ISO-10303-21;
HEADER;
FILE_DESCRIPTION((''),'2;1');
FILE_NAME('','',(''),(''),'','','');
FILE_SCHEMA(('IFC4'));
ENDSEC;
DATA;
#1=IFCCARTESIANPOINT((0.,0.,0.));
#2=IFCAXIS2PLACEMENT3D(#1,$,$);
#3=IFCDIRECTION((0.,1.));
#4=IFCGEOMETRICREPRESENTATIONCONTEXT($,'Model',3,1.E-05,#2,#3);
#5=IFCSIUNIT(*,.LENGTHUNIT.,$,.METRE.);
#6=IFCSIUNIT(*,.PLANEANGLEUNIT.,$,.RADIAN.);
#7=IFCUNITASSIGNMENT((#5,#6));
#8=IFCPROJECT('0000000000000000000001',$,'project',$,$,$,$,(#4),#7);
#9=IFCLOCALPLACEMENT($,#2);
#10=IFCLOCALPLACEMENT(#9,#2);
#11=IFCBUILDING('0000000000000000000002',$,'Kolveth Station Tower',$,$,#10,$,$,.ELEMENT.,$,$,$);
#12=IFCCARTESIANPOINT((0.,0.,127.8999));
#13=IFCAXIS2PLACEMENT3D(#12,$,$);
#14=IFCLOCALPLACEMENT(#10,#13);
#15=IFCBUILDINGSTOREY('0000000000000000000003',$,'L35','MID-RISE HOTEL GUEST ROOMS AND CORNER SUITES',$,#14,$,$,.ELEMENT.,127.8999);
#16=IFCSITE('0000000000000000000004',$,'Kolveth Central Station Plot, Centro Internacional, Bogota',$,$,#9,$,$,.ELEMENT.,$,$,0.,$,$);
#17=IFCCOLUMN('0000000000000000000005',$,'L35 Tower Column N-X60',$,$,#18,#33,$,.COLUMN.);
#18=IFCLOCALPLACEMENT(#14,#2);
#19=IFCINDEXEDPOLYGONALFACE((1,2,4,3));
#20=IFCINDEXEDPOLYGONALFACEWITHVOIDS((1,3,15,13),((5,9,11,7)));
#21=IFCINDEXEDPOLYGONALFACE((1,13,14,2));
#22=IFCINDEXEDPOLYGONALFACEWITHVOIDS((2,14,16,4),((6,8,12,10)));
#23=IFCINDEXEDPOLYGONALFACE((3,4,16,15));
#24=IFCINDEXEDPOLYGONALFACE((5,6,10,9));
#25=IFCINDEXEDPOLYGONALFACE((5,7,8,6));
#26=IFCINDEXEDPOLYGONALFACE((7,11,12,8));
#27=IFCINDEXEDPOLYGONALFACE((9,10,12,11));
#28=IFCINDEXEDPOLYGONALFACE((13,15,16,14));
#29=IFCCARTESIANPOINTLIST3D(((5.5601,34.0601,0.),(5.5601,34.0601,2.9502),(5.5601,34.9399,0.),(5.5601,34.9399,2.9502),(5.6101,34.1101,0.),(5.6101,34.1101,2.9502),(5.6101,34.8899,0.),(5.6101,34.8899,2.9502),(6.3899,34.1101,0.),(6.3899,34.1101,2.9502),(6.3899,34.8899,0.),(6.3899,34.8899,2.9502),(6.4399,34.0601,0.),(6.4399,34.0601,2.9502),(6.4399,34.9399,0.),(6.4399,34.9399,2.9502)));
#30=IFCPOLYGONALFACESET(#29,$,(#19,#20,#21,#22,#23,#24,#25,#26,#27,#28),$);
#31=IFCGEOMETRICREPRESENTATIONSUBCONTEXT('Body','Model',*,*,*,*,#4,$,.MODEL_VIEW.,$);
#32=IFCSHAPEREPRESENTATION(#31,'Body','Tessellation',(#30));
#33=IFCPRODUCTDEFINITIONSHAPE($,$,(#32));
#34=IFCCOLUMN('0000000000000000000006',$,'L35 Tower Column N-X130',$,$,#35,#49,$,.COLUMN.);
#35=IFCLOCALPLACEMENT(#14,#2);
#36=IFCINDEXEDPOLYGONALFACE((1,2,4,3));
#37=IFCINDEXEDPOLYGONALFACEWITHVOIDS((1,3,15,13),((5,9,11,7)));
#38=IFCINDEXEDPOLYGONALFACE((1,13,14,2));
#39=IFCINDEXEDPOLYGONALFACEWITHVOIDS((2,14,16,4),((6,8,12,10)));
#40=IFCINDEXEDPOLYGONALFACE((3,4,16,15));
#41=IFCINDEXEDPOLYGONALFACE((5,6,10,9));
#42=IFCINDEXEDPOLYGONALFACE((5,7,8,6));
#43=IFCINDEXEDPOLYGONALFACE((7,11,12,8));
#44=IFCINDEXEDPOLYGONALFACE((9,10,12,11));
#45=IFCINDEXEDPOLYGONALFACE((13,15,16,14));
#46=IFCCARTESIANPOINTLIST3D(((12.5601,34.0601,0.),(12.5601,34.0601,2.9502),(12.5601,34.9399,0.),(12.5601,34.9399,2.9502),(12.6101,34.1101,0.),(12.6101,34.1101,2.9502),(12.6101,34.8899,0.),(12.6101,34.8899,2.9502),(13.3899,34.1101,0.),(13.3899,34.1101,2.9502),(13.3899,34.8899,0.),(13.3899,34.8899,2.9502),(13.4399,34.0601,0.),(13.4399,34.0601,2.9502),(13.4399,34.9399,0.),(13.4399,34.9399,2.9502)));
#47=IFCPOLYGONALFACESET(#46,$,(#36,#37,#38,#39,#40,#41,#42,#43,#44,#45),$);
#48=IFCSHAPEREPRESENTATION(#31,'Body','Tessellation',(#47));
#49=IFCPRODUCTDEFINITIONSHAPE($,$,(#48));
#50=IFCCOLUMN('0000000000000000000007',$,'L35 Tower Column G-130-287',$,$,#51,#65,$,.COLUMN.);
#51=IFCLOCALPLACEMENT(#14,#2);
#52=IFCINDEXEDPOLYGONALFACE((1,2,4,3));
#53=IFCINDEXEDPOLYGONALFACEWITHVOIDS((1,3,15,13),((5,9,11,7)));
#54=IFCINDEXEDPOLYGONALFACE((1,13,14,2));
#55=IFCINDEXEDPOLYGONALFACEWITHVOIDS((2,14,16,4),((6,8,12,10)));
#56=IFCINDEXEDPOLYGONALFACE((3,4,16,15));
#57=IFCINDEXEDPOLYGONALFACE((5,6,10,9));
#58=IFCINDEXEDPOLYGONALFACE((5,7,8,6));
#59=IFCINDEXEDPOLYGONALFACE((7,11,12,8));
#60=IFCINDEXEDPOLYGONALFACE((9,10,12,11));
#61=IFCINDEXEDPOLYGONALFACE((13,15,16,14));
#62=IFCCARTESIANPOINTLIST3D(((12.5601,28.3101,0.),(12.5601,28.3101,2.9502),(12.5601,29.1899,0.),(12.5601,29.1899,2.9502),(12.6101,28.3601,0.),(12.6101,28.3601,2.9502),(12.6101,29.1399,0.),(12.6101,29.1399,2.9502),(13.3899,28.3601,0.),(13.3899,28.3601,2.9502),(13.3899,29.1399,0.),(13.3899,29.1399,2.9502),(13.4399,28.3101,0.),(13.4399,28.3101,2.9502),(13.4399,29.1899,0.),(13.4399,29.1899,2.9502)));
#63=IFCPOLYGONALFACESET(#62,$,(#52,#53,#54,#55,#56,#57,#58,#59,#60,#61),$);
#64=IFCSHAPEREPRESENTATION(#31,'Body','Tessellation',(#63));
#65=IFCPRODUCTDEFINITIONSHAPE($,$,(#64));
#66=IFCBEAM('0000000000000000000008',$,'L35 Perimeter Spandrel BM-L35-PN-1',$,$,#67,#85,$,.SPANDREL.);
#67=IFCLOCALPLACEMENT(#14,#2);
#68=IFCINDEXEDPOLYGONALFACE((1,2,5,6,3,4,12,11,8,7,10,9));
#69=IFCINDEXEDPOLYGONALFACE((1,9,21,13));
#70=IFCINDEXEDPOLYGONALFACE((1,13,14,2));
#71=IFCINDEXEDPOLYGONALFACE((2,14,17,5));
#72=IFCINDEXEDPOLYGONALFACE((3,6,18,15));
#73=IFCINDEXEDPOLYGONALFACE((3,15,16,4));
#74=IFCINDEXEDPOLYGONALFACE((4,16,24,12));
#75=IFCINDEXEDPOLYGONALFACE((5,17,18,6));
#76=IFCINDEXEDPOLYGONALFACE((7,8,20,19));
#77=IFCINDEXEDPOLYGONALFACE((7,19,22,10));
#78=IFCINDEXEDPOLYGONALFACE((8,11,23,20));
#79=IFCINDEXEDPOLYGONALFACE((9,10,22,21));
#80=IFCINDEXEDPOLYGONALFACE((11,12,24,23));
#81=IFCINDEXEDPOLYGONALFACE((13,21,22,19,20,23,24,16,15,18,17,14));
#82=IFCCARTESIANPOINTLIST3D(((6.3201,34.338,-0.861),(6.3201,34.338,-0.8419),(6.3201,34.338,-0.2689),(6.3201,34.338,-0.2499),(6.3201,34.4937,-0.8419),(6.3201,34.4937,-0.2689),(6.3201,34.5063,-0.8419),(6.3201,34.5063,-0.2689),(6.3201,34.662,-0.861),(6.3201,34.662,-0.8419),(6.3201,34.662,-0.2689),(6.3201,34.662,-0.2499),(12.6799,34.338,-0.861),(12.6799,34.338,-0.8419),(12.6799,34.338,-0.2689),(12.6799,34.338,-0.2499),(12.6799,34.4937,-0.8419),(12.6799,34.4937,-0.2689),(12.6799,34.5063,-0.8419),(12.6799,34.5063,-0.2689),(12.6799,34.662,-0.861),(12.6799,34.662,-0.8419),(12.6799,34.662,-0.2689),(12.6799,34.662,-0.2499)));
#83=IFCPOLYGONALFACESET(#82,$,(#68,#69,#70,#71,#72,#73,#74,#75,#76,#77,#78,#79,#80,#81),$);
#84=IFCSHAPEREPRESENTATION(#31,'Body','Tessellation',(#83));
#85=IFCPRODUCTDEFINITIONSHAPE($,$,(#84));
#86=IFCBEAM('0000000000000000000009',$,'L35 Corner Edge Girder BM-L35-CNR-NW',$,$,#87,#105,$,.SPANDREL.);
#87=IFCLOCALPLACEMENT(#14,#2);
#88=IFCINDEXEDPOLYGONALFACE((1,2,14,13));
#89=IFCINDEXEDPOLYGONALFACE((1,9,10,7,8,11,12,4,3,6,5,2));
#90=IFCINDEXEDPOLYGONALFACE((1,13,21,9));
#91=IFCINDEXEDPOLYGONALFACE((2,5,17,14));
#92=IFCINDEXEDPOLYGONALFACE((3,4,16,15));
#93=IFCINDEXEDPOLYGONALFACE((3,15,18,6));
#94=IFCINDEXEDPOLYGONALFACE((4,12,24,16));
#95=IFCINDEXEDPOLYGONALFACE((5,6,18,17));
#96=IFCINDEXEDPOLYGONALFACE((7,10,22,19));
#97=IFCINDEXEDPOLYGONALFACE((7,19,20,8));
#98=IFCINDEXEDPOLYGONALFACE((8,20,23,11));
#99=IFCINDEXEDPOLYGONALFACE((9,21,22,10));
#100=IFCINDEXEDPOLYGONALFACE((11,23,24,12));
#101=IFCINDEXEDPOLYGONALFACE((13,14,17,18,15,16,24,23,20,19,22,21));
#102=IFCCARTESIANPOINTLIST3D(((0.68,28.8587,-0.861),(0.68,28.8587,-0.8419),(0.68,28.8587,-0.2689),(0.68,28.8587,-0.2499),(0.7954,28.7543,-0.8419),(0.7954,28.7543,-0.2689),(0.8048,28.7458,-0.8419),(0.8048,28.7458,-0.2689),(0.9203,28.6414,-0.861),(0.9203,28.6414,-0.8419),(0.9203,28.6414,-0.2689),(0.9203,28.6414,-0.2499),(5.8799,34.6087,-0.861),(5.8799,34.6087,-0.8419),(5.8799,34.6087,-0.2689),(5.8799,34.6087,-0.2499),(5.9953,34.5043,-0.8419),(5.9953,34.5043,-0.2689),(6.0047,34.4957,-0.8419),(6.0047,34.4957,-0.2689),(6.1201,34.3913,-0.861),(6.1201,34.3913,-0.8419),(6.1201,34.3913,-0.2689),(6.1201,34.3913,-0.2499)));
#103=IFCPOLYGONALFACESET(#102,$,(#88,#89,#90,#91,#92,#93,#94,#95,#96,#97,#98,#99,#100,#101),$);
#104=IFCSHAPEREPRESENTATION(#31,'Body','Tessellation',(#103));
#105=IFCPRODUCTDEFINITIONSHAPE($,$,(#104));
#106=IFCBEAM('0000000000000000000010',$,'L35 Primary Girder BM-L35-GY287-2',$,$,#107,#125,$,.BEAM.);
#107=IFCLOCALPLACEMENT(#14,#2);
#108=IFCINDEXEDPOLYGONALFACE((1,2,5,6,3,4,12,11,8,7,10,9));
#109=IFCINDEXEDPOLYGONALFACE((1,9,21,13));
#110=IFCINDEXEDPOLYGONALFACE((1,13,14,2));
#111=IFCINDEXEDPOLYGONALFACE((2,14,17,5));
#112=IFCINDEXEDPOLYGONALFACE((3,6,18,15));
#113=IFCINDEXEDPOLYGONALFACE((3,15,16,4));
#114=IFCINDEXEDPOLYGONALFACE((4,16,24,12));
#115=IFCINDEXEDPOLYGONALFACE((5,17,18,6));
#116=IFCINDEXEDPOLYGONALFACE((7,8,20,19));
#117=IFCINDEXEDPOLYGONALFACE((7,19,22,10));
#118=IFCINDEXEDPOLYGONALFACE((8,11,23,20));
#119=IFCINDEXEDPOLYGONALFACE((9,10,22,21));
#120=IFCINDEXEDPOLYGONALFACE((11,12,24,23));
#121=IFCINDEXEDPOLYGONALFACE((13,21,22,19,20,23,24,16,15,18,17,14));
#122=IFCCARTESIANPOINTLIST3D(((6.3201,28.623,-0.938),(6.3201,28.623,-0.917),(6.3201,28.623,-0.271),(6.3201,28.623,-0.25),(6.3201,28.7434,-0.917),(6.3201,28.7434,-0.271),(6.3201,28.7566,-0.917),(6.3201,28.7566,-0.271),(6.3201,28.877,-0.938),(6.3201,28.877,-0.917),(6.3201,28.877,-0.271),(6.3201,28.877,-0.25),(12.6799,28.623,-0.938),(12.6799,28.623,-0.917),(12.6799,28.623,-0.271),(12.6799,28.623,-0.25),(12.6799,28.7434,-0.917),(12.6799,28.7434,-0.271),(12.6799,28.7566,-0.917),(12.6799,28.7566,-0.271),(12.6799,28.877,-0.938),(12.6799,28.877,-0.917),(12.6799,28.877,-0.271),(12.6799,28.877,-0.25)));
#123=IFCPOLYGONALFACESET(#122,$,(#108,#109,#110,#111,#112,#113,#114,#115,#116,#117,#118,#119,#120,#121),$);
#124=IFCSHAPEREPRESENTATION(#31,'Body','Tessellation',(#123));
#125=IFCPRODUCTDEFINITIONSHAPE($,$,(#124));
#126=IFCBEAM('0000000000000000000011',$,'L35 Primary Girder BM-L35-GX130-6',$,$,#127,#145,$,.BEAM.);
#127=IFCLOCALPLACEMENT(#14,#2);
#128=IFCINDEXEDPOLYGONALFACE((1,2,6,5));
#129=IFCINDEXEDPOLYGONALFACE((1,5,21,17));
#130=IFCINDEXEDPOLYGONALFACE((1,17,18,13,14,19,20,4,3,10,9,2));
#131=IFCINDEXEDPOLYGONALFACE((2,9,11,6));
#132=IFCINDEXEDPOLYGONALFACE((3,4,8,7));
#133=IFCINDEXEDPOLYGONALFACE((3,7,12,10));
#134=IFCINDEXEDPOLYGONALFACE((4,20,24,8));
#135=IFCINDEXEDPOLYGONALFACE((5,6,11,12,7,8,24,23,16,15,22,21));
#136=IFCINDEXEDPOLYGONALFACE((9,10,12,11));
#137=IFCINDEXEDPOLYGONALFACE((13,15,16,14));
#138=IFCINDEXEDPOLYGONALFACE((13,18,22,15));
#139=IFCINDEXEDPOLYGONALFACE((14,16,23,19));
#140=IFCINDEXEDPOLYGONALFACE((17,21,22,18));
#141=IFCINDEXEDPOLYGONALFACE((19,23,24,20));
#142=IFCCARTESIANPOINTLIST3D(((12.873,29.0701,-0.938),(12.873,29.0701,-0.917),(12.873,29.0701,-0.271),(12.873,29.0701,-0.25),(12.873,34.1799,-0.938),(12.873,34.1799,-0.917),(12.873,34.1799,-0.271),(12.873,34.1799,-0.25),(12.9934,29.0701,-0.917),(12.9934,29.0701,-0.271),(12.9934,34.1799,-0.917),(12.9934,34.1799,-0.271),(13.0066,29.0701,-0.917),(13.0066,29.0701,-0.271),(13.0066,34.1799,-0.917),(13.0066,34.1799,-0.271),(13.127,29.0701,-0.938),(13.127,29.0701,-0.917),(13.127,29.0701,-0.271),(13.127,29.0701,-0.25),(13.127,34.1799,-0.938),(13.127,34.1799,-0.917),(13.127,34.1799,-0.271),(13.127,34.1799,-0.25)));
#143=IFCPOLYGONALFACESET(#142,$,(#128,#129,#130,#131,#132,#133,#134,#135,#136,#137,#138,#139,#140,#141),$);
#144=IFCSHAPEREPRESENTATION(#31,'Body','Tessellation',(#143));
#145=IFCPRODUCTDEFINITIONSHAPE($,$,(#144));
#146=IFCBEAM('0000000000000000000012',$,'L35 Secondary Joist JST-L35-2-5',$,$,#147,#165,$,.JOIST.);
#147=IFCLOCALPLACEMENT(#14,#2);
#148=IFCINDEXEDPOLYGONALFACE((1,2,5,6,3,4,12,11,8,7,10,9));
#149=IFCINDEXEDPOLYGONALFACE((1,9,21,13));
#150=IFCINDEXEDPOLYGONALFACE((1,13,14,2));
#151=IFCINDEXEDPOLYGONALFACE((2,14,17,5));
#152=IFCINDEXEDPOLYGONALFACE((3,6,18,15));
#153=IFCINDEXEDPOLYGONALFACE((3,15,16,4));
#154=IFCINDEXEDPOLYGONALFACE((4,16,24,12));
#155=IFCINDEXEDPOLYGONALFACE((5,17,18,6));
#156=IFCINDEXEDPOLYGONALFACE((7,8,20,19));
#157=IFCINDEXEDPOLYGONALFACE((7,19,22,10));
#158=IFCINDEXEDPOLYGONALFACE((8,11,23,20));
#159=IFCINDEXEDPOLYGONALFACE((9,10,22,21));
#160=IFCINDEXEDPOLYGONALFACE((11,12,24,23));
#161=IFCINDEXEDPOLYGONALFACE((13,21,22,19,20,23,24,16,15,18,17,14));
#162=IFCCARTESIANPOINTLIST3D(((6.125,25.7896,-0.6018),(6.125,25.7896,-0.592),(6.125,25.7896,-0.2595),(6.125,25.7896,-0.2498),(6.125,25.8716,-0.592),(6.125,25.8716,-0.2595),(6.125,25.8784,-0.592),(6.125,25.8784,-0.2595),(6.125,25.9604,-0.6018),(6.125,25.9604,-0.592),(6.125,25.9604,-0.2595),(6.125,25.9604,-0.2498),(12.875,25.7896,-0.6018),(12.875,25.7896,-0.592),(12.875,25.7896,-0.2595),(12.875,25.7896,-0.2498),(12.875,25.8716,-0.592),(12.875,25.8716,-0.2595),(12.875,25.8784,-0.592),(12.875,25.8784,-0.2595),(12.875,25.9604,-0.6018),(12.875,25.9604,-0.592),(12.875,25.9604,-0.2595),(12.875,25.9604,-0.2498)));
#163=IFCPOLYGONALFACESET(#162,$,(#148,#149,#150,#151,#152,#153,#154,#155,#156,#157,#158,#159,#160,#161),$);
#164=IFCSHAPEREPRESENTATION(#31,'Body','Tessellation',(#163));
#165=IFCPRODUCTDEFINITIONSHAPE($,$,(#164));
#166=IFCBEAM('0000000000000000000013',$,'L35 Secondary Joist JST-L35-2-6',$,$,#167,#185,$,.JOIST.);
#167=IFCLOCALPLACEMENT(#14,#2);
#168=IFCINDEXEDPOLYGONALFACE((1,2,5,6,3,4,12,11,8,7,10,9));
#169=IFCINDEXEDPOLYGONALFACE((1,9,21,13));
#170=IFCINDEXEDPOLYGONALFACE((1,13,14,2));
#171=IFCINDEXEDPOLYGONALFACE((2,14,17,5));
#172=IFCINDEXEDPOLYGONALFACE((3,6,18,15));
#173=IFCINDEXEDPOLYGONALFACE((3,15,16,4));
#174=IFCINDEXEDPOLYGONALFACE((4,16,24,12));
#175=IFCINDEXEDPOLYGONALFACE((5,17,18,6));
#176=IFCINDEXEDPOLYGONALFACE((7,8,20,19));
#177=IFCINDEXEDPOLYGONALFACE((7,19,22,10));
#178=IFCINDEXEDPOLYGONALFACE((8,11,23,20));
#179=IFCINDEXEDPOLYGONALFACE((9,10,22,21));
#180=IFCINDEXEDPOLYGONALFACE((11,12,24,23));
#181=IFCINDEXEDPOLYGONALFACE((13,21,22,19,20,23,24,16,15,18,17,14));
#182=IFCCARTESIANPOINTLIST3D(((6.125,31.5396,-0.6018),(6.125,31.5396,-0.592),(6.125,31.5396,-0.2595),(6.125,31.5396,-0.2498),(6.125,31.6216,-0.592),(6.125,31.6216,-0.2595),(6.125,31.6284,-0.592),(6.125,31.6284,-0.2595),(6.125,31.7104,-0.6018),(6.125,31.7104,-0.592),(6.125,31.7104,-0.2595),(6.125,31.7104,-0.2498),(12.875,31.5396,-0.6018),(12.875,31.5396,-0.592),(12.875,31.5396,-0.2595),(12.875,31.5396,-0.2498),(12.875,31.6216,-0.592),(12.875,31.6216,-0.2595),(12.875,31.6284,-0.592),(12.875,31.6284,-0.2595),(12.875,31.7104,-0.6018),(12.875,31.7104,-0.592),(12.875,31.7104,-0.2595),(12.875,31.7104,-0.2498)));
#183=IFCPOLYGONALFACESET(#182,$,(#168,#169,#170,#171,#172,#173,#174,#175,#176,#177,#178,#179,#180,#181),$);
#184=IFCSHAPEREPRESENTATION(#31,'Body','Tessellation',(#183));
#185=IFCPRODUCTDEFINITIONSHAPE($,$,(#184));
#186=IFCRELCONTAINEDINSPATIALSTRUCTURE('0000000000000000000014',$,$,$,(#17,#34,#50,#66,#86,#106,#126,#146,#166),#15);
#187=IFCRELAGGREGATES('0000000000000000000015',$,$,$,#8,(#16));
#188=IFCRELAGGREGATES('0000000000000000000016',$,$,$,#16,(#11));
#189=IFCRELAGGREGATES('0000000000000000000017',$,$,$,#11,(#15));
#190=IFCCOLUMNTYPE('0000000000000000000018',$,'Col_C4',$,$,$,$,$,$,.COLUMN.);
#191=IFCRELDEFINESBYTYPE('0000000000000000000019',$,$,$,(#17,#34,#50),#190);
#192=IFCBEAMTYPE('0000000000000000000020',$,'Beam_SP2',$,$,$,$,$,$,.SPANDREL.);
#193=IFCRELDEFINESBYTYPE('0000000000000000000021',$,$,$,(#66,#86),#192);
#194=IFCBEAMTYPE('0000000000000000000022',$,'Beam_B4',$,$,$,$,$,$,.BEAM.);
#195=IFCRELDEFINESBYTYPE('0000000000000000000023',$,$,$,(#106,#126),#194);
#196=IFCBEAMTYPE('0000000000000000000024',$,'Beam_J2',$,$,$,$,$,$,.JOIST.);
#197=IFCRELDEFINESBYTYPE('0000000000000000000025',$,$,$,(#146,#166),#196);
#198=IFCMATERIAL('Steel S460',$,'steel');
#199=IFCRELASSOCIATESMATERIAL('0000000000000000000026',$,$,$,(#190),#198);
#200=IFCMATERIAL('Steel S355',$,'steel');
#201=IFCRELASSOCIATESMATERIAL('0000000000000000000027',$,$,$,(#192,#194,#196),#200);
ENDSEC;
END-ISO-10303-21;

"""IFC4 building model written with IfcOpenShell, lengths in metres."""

from ifc_helpers import new_model, si_unit, direction, frame, origin, origin_2d, place, context, subcontext, project, spatial, hollow_rectangle, i_section, extrude, source, transform, mapped, material, material_profile, profile_set, type_object, element, save


model = new_model("IFC4")

# Units and contexts
model_context = context("Model", 3, precision=1e-05, world=origin(), true_north=direction((0.0, 1.0)))
body_context = subcontext(model_context, "Body", "Model", "MODEL_VIEW")
ifc_project = project(units=[si_unit("LENGTHUNIT", "METRE"), si_unit("PLANEANGLEUNIT", "RADIAN")], contexts=[model_context])

# Site, building, storey
site_placement = place(None, origin())
site = spatial("IfcSite", under=ifc_project, at=site_placement, Name="Kolveth Central Station Plot, Centro Internacional, Bogota", CompositionType="ELEMENT", RefElevation=0.0)
building_placement = place(site_placement, origin())
building = spatial("IfcBuilding", under=site, at=building_placement, Name="Kolveth Station Tower", CompositionType="ELEMENT")
storey_placement = place(building_placement, frame((0.0, 0.0, 127.8999)))
storey = spatial("IfcBuildingStorey", under=building, at=storey_placement, Name="L35", Description="MID-RISE HOTEL GUEST ROOMS AND CORNER SUITES", CompositionType="ELEMENT", Elevation=127.8999)

# Columns
ifc_material_1 = material(Name="Steel S460", Category="steel")
ifc_material_profile_1 = material_profile(ifc_material_1, hollow_rectangle(XDim=0.8799, YDim=0.8799, WallThickness=0.05, at=origin_2d()), Name="BOX880x880x50")
ifc_profile_set_1 = profile_set([ifc_material_profile_1], Name="Steel S460")
column_type = type_object("IfcColumnType", Name="Col_C4", PredefinedType="COLUMN", material=ifc_profile_set_1)
shared_shape_1 = source(origin(), body_context, "Body", "SweptSolid", [
    extrude(hollow_rectangle(XDim=0.8799, YDim=0.8799, WallThickness=0.05, at=origin_2d()), origin(), (0.0, 0.0, 1.0), 2.9502),
])
for number, where, z_axis, x_axis, name in (
    (1, (6.0, 34.5, 0.0), (0.0, 0.0, 1.0), (1.0, 0.0, 0.0), "L35 Tower Column N-X60"),
    (2, (13.0, 34.5, 0.0), (0.0, 0.0, 1.0), (1.0, 0.0, 0.0), "L35 Tower Column N-X130"),
    (3, (13.0, 28.75, 0.0), (0.0, 0.0, 1.0), (1.0, 0.0, 0.0), "L35 Tower Column G-130-287"),
):
    element("IfcColumn", number, at=place(storey_placement, frame(where, z_axis=z_axis, x_axis=x_axis)), inside=storey, type_object=column_type, Name=name, PredefinedType="COLUMN", context=body_context, shape_type="MappedRepresentation", body=[
        mapped(shared_shape_1, transform((0.0, 0.0, 0.0), x_axis=(1.0, 0.0, 0.0), y_axis=(0.0, 1.0, 0.0), z_axis=(0.0, 0.0, 1.0), scale=1.0)),
    ])

# Beams
ifc_material_2 = material(Name="Steel S355", Category="steel")
ifc_material_profile_2 = material_profile(ifc_material_2, i_section(OverallWidth=0.324, OverallDepth=0.6111, WebThickness=0.0127, FlangeThickness=0.019, at=origin_2d()), Name="W610x155")
ifc_profile_set_2 = profile_set([ifc_material_profile_2], Name="Steel S355")
beam_type_1 = type_object("IfcBeamType", Name="Beam_SP2", PredefinedType="SPANDREL", material=ifc_profile_set_2)
shared_shape_2 = source(origin(), body_context, "Body", "SweptSolid", [
    extrude(i_section(OverallWidth=0.324, OverallDepth=0.6111, WebThickness=0.0127, FlangeThickness=0.019, at=origin_2d()), origin(), (0.0, 0.0, 1.0), 6.3599),
])
beam_1_placement = place(storey_placement, frame((6.3201, 34.5, -0.5554), z_axis=(1.0, 0.0, 0.0), x_axis=(0.0, 1.0, 0.0)))
element("IfcBeam", 4, at=beam_1_placement, inside=storey, type_object=beam_type_1, Name="L35 Perimeter Spandrel BM-L35-PN-1", PredefinedType="SPANDREL", context=body_context, shape_type="MappedRepresentation", body=[
    mapped(shared_shape_2, transform((0.0, 0.0, 0.0), x_axis=(1.0, 0.0, 0.0), y_axis=(0.0, 1.0, 0.0), z_axis=(0.0, 0.0, 1.0), scale=1.0)),
])
shared_shape_3 = source(origin(), body_context, "Body", "SweptSolid", [
    extrude(i_section(OverallWidth=0.324, OverallDepth=0.6111, WebThickness=0.0127, FlangeThickness=0.019, at=origin_2d()), origin(), (0.0, 0.0, 1.0), 7.7524),
])
beam_2_placement = place(storey_placement, frame((6.0, 34.5, -0.5554), z_axis=(-0.670741, -0.741692, 0.0), x_axis=(0.741692, -0.670741, 0.0)))
element("IfcBeam", 5, at=beam_2_placement, inside=storey, type_object=beam_type_1, Name="L35 Corner Edge Girder BM-L35-CNR-NW", PredefinedType="SPANDREL", context=body_context, shape_type="MappedRepresentation", body=[
    mapped(shared_shape_3, transform((0.0, 0.0, 0.0), x_axis=(1.0, 0.0, 0.0), y_axis=(0.0, 1.0, 0.0), z_axis=(0.0, 0.0, 1.0), scale=1.0)),
])
ifc_material_profile_3 = material_profile(ifc_material_2, i_section(OverallWidth=0.2539, OverallDepth=0.688, WebThickness=0.0132, FlangeThickness=0.021, at=origin_2d()), Name="W690x152")
ifc_profile_set_3 = profile_set([ifc_material_profile_3], Name="Steel S355")
beam_type_2 = type_object("IfcBeamType", Name="Beam_B4", PredefinedType="BEAM", material=ifc_profile_set_3)
shared_shape_4 = source(origin(), body_context, "Body", "SweptSolid", [
    extrude(i_section(OverallWidth=0.2539, OverallDepth=0.688, WebThickness=0.0132, FlangeThickness=0.021, at=origin_2d()), origin(), (0.0, 0.0, 1.0), 6.3599),
])
beam_3_placement = place(storey_placement, frame((6.3201, 28.75, -0.594), z_axis=(1.0, 0.0, 0.0), x_axis=(0.0, 1.0, 0.0)))
element("IfcBeam", 6, at=beam_3_placement, inside=storey, type_object=beam_type_2, Name="L35 Primary Girder BM-L35-GY287-2", PredefinedType="BEAM", context=body_context, shape_type="MappedRepresentation", body=[
    mapped(shared_shape_4, transform((0.0, 0.0, 0.0), x_axis=(1.0, 0.0, 0.0), y_axis=(0.0, 1.0, 0.0), z_axis=(0.0, 0.0, 1.0), scale=1.0)),
])
shared_shape_5 = source(origin(), body_context, "Body", "SweptSolid", [
    extrude(i_section(OverallWidth=0.2539, OverallDepth=0.688, WebThickness=0.0132, FlangeThickness=0.021, at=origin_2d()), origin(), (0.0, 0.0, 1.0), 5.1099),
])
beam_4_placement = place(storey_placement, frame((13.0, 29.0701, -0.594), z_axis=(0.0, 1.0, 0.0), x_axis=(-1.0, 0.0, 0.0)))
element("IfcBeam", 7, at=beam_4_placement, inside=storey, type_object=beam_type_2, Name="L35 Primary Girder BM-L35-GX130-6", PredefinedType="BEAM", context=body_context, shape_type="MappedRepresentation", body=[
    mapped(shared_shape_5, transform((0.0, 0.0, 0.0), x_axis=(1.0, 0.0, 0.0), y_axis=(0.0, 1.0, 0.0), z_axis=(0.0, 0.0, 1.0), scale=1.0)),
])
ifc_material_profile_4 = material_profile(ifc_material_2, i_section(OverallWidth=0.1709, OverallDepth=0.3521, WebThickness=0.0068, FlangeThickness=0.0098, at=origin_2d()), Name="W360x44")
ifc_profile_set_4 = profile_set([ifc_material_profile_4], Name="Steel S355")
beam_type_3 = type_object("IfcBeamType", Name="Beam_J2", PredefinedType="JOIST", material=ifc_profile_set_4)
shared_shape_6 = source(origin(), body_context, "Body", "SweptSolid", [
    extrude(i_section(OverallWidth=0.1709, OverallDepth=0.3521, WebThickness=0.0068, FlangeThickness=0.0098, at=origin_2d()), origin(), (0.0, 0.0, 1.0), 6.75),
])
for number, where, z_axis, x_axis, name in (
    (8, (6.125, 25.875, -0.4258), (1.0, 0.0, 0.0), (0.0, 1.0, 0.0), "L35 Secondary Joist JST-L35-2-5"),
    (9, (6.125, 31.625, -0.4258), (1.0, 0.0, 0.0), (0.0, 1.0, 0.0), "L35 Secondary Joist JST-L35-2-6"),
):
    element("IfcBeam", number, at=place(storey_placement, frame(where, z_axis=z_axis, x_axis=x_axis)), inside=storey, type_object=beam_type_3, Name=name, PredefinedType="JOIST", context=body_context, shape_type="MappedRepresentation", body=[
        mapped(shared_shape_6, transform((0.0, 0.0, 0.0), x_axis=(1.0, 0.0, 0.0), y_axis=(0.0, 1.0, 0.0), z_axis=(0.0, 0.0, 1.0), scale=1.0)),
    ])

save(model, "model.ifc")
